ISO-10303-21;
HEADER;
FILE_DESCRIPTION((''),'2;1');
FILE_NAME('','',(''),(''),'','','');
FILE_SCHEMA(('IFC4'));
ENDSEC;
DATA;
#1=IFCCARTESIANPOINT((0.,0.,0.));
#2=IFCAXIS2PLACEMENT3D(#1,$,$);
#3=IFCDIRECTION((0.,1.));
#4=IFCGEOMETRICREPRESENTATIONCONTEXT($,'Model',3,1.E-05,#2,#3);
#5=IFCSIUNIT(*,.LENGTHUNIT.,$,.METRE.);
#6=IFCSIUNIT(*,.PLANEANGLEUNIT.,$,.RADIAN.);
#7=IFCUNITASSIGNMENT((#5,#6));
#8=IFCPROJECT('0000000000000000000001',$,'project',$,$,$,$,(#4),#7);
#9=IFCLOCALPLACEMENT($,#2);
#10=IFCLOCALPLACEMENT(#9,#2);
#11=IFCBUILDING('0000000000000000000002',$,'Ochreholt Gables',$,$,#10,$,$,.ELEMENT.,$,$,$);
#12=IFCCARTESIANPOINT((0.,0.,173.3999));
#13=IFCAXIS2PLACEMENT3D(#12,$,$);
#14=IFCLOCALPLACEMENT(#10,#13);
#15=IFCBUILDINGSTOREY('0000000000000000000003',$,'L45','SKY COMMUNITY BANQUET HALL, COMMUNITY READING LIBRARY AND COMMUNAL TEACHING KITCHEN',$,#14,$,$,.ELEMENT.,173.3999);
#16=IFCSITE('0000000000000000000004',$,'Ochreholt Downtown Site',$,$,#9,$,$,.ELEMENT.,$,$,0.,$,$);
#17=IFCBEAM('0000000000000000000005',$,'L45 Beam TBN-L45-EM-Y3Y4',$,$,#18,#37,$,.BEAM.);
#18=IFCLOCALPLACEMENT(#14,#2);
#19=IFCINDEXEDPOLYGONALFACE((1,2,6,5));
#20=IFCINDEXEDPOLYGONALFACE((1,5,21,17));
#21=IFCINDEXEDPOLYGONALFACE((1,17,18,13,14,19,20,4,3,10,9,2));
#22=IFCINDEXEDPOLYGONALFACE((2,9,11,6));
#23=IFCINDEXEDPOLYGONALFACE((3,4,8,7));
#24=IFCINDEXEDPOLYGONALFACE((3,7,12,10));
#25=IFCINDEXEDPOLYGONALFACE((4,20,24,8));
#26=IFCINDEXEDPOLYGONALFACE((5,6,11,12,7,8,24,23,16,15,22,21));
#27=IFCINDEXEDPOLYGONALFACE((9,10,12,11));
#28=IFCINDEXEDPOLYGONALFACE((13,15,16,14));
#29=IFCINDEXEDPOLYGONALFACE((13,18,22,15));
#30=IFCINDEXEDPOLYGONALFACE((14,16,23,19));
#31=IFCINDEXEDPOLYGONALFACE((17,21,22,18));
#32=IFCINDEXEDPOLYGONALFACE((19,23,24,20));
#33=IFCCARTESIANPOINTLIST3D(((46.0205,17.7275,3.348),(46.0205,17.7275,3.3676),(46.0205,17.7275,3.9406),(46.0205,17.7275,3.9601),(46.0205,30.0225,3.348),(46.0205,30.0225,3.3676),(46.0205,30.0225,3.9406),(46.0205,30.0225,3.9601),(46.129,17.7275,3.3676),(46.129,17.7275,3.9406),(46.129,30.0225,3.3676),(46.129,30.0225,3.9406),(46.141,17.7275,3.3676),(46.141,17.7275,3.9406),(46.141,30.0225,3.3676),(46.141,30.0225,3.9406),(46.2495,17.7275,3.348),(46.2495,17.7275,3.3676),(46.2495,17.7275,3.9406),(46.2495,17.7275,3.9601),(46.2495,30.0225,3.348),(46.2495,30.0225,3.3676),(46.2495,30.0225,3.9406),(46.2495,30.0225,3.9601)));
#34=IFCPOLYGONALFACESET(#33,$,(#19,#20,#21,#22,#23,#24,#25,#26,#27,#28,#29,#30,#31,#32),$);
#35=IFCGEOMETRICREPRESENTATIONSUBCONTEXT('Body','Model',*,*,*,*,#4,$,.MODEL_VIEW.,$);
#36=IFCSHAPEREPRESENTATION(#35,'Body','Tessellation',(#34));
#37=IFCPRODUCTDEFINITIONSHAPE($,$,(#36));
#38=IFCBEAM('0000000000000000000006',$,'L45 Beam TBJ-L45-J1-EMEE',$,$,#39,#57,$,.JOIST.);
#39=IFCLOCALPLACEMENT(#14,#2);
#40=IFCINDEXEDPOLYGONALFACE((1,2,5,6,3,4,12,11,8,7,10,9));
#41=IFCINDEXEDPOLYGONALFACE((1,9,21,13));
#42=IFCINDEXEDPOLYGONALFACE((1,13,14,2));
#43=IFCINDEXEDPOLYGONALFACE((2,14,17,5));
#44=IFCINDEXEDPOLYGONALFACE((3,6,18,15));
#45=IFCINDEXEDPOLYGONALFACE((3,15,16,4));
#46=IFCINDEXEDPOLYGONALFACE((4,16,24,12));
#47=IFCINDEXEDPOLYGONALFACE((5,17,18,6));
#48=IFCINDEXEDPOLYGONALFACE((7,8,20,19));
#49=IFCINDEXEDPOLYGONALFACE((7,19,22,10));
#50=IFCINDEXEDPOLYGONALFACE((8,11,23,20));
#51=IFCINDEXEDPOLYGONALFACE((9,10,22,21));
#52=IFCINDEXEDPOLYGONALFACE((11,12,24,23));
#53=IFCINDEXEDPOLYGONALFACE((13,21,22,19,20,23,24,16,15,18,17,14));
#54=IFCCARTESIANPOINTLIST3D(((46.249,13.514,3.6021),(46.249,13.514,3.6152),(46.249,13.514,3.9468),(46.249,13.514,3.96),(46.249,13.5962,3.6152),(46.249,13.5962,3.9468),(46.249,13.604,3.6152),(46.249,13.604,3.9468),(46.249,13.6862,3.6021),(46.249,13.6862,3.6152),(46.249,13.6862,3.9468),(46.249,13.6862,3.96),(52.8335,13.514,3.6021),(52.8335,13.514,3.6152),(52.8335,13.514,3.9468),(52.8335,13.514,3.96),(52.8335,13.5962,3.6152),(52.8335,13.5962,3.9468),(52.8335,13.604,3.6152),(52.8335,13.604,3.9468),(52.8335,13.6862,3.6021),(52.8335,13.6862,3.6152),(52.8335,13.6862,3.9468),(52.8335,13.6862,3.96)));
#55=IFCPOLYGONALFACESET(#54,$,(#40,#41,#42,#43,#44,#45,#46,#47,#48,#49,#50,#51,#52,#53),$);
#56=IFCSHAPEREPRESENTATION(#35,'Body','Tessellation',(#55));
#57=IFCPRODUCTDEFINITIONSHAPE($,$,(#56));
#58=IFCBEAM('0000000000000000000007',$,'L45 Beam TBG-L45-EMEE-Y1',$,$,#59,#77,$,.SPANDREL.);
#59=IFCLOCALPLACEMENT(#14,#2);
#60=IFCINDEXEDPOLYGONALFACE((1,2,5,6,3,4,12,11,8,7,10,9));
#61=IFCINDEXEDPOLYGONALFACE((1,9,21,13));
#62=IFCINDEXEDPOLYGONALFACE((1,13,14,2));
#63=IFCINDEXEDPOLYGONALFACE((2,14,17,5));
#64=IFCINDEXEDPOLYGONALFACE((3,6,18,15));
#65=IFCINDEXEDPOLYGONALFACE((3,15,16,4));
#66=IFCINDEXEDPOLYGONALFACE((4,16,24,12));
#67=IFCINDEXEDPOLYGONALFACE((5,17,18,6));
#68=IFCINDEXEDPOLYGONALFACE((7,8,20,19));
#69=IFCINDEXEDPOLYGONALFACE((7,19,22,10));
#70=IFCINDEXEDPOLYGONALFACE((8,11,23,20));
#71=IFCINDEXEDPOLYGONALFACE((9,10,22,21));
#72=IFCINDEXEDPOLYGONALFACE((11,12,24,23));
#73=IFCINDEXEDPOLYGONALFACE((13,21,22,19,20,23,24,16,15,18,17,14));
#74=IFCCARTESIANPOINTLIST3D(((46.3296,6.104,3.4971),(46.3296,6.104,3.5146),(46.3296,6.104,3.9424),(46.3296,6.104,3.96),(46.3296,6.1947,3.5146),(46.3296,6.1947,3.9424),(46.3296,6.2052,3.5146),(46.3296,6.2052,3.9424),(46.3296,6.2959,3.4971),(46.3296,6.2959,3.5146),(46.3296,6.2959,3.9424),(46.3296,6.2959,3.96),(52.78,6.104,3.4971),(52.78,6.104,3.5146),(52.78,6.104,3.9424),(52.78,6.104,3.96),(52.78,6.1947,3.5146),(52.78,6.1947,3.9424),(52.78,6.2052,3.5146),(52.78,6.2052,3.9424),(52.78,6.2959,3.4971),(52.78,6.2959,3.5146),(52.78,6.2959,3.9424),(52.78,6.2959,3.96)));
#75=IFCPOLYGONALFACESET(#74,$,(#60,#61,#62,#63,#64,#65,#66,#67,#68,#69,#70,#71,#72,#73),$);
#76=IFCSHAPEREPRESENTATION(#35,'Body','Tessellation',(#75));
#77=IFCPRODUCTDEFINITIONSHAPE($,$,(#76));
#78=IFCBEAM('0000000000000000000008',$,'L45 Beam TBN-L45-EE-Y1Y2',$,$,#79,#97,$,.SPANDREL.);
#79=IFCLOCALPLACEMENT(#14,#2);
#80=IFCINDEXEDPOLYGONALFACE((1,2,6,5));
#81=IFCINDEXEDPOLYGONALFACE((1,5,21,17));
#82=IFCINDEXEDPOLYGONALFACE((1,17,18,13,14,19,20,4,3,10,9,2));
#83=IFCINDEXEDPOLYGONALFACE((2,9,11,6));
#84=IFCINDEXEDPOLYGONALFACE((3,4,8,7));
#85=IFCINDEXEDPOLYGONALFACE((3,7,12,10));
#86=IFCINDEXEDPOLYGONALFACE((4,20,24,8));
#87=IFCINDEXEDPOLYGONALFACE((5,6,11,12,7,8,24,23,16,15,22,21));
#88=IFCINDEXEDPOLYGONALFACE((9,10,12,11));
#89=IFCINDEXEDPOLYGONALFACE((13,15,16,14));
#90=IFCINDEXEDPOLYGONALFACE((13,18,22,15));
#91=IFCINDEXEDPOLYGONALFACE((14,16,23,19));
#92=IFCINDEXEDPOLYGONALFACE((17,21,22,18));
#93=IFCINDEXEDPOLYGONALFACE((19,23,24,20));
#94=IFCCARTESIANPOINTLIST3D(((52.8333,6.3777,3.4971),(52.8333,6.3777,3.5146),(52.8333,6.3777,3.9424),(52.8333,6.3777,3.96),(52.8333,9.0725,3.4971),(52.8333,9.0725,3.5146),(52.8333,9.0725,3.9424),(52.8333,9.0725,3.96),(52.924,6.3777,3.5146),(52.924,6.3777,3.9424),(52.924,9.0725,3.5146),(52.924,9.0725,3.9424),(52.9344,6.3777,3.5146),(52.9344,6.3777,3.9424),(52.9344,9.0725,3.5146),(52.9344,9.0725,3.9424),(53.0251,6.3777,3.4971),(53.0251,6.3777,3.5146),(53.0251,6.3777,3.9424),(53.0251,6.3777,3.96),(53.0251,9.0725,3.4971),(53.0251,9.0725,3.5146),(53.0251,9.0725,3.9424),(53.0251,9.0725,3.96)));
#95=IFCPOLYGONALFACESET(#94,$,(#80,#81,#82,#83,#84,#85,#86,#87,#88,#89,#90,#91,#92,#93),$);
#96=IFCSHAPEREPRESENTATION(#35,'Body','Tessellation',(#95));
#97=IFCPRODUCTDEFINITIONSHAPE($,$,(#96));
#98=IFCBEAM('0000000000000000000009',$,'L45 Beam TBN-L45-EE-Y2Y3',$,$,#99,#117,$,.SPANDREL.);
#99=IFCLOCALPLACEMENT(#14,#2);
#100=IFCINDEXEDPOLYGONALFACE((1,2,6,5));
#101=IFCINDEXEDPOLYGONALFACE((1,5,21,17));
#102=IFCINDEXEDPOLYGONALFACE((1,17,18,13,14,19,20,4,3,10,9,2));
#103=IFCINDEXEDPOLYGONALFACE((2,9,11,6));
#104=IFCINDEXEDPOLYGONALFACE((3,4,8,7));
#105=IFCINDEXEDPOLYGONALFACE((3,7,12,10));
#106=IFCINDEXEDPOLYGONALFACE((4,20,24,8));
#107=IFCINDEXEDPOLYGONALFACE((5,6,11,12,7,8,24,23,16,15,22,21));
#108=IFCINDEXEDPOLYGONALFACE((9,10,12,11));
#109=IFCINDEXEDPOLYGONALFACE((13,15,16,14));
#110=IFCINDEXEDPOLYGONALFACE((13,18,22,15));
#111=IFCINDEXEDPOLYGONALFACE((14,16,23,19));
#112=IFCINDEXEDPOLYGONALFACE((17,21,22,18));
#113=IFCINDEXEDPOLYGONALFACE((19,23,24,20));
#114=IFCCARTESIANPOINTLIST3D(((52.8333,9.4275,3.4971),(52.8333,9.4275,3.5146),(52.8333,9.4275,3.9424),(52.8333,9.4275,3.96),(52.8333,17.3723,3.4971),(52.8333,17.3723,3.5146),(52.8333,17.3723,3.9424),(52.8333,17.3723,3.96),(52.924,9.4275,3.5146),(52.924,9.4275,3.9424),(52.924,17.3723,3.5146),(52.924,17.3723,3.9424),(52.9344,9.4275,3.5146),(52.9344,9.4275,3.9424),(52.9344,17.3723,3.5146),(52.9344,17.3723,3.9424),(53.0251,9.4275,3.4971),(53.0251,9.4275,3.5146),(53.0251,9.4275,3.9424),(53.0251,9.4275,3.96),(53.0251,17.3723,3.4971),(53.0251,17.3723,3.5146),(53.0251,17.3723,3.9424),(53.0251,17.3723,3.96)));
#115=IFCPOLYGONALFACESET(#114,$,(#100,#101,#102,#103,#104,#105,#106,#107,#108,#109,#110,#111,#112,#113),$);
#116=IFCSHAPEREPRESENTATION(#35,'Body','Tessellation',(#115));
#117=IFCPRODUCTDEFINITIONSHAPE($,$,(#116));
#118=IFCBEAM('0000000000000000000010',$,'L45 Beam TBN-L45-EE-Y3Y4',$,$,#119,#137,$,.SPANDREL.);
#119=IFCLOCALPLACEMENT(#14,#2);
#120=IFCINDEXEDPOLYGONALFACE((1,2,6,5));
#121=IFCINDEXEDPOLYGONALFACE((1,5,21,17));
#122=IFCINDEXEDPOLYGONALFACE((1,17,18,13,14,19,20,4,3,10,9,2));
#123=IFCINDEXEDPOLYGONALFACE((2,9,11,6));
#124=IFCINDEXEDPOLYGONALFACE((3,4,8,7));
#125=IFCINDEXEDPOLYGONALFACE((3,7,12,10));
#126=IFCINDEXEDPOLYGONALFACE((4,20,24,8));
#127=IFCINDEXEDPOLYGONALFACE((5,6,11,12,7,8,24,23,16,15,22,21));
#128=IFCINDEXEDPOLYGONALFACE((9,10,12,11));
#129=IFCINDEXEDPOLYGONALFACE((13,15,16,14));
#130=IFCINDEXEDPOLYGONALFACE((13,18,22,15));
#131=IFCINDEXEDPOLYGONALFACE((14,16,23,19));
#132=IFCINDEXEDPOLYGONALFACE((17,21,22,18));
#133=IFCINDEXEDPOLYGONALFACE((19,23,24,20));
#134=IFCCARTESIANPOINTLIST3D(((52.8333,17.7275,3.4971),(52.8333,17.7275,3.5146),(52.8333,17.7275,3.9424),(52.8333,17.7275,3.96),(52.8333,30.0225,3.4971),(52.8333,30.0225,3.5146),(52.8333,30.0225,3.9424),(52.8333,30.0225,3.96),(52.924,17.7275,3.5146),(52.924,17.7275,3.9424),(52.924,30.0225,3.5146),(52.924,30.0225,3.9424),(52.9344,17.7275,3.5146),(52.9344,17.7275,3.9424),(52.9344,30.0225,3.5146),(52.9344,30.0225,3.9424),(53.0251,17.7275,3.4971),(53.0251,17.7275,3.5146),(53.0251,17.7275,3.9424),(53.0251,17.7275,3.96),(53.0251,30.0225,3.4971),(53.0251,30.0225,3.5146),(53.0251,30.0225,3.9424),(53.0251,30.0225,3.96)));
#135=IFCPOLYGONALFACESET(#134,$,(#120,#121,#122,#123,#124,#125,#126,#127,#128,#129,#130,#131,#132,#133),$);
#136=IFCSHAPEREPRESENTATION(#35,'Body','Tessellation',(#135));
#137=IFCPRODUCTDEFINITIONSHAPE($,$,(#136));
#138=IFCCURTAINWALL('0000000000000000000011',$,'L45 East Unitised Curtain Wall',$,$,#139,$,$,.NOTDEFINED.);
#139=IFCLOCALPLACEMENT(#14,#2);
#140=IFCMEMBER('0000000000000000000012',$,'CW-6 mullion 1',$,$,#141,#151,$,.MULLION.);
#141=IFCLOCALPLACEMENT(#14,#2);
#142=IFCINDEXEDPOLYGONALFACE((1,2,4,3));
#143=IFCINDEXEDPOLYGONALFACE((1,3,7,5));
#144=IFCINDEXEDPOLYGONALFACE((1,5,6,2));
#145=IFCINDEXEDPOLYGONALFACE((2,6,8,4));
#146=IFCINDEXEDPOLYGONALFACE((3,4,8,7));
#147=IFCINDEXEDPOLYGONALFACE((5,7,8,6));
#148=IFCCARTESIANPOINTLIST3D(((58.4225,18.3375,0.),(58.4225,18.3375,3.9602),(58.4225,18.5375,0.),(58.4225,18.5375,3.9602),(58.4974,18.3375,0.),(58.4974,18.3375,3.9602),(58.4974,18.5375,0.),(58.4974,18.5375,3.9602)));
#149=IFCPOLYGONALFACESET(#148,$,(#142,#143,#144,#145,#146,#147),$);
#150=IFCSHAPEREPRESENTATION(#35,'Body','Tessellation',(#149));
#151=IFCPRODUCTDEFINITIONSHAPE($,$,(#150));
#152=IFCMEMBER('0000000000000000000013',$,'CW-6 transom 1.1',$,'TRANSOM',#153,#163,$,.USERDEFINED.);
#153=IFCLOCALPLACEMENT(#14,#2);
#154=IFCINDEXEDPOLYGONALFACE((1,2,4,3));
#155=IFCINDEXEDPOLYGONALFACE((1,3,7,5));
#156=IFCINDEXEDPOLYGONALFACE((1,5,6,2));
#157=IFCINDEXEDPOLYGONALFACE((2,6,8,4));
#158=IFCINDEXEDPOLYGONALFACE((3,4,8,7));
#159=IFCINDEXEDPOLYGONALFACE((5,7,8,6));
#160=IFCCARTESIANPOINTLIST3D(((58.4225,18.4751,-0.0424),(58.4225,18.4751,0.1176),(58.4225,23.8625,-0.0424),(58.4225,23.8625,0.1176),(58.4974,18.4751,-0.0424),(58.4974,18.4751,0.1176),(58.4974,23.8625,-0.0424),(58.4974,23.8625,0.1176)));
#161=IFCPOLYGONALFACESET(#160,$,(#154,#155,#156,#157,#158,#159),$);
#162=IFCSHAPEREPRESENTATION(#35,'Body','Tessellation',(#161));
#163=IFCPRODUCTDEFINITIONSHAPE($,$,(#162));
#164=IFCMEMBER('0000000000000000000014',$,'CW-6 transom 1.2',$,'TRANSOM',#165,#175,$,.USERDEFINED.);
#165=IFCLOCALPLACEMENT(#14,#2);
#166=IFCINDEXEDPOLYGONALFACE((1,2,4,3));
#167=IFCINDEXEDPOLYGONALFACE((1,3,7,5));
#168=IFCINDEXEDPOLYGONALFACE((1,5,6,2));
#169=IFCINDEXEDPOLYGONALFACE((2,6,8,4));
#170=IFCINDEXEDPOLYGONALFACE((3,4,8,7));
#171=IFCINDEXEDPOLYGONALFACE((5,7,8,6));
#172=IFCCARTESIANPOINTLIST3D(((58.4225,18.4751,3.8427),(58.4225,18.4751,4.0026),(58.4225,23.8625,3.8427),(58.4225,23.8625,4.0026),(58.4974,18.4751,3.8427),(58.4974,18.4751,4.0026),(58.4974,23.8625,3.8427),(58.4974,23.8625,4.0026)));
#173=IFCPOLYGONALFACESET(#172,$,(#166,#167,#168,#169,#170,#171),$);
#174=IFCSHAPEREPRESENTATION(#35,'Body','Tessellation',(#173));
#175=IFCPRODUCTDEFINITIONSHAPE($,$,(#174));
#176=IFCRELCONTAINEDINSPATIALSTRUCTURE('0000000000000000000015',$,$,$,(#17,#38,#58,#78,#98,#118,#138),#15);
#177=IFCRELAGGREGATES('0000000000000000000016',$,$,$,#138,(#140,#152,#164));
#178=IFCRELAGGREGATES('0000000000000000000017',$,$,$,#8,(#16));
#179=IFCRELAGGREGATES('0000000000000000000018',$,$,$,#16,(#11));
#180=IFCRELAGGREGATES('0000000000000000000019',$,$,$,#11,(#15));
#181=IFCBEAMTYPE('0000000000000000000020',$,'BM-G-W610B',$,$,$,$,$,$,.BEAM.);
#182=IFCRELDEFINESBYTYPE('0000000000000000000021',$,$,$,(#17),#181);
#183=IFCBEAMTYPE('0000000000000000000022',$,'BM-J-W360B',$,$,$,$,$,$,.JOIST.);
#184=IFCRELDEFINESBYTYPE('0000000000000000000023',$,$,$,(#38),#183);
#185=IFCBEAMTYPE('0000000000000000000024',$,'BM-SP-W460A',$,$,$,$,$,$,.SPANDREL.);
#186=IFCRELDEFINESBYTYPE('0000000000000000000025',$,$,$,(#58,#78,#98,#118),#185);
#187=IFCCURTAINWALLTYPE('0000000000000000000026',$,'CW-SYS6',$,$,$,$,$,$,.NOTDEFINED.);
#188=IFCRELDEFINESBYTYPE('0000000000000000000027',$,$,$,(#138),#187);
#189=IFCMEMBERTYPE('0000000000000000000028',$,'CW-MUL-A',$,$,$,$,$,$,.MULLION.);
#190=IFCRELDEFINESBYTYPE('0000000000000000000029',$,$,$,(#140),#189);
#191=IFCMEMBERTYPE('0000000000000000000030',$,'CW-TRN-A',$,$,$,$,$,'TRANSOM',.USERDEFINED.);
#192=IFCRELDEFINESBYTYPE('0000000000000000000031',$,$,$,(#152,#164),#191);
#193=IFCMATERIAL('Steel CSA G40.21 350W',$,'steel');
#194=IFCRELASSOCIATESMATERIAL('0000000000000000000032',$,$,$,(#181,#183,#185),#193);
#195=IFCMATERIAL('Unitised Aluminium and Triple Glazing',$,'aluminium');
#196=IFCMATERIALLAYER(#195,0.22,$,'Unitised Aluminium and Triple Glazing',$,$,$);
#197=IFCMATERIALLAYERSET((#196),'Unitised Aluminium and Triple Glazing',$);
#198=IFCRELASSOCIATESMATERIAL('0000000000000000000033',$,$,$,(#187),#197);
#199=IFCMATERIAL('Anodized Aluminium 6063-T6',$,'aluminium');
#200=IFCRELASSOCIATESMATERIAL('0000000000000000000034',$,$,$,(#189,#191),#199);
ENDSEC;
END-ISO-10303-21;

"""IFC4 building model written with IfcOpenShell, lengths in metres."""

from ifc_helpers import new_model, si_unit, direction, frame, origin, origin_2d, place, context, subcontext, project, spatial, rectangle, i_section, extrude, material, layer, layer_set, material_profile, profile_set, type_object, element, aggregate, save


model = new_model("IFC4")

# Units and contexts
model_context = context("Model", 3, precision=1e-05, world=origin(), true_north=direction((0.0, 1.0)))
body_context = subcontext(model_context, "Body", "Model", "MODEL_VIEW")
ifc_project = project(units=[si_unit("LENGTHUNIT", "METRE"), si_unit("PLANEANGLEUNIT", "RADIAN")], contexts=[model_context])

# Site, building, storey
site_placement = place(None, origin())
site = spatial("IfcSite", under=ifc_project, at=site_placement, Name="Ochreholt Downtown Site", CompositionType="ELEMENT", RefElevation=0.0)
building_placement = place(site_placement, origin())
building = spatial("IfcBuilding", under=site, at=building_placement, Name="Ochreholt Gables", CompositionType="ELEMENT")
storey_placement = place(building_placement, frame((0.0, 0.0, 173.3999)))
storey = spatial("IfcBuildingStorey", under=building, at=storey_placement, Name="L45", Description="SKY COMMUNITY BANQUET HALL, COMMUNITY READING LIBRARY AND COMMUNAL TEACHING KITCHEN", CompositionType="ELEMENT", Elevation=173.3999)

# Shared definitions
ifc_material_1 = material(Name="Steel CSA G40.21 350W", Category="steel")

# Beams
ifc_material_profile_1 = material_profile(ifc_material_1, i_section(OverallWidth=0.229, OverallDepth=0.6121, WebThickness=0.012, FlangeThickness=0.0195, at=origin_2d()), Name="W610X125")
ifc_profile_set_1 = profile_set([ifc_material_profile_1], Name="Steel CSA G40.21 350W")
beam_type_1 = type_object("IfcBeamType", Name="BM-G-W610B", PredefinedType="BEAM", material=ifc_profile_set_1)
beam_1_placement = place(storey_placement, frame((46.135, 17.7275, 3.6541), z_axis=(0.0, 1.0, 0.0), x_axis=(-1.0, 0.0, 0.0)))
element("IfcBeam", 1, at=beam_1_placement, inside=storey, type_object=beam_type_1, Name="L45 Beam TBN-L45-EM-Y3Y4", PredefinedType="BEAM", context=body_context, shape_type="SweptSolid", body=[
    extrude(i_section(OverallWidth=0.229, OverallDepth=0.6121, WebThickness=0.012, FlangeThickness=0.0195, at=origin_2d()), origin(), (0.0, 0.0, 1.0), 12.2949),
])
ifc_material_profile_2 = material_profile(ifc_material_1, i_section(OverallWidth=0.1721, OverallDepth=0.3579, WebThickness=0.0078, FlangeThickness=0.0132, at=origin_2d()), Name="W360X57")
ifc_profile_set_2 = profile_set([ifc_material_profile_2], Name="Steel CSA G40.21 350W")
beam_type_2 = type_object("IfcBeamType", Name="BM-J-W360B", PredefinedType="JOIST", material=ifc_profile_set_2)
beam_2_placement = place(storey_placement, frame((46.249, 13.6001, 3.781), z_axis=(1.0, 0.0, 0.0), x_axis=(0.0, 1.0, 0.0)))
element("IfcBeam", 2, at=beam_2_placement, inside=storey, type_object=beam_type_2, Name="L45 Beam TBJ-L45-J1-EMEE", PredefinedType="JOIST", context=body_context, shape_type="SweptSolid", body=[
    extrude(i_section(OverallWidth=0.1721, OverallDepth=0.3579, WebThickness=0.0078, FlangeThickness=0.0132, at=origin_2d()), origin(), (0.0, 0.0, 1.0), 6.5845),
])
ifc_material_profile_3 = material_profile(ifc_material_1, i_section(OverallWidth=0.1919, OverallDepth=0.4629, WebThickness=0.0105, FlangeThickness=0.0176, at=origin_2d()), Name="W460X89")
ifc_profile_set_3 = profile_set([ifc_material_profile_3], Name="Steel CSA G40.21 350W")
beam_type_3 = type_object("IfcBeamType", Name="BM-SP-W460A", PredefinedType="SPANDREL", material=ifc_profile_set_3)
beam_3_placement = place(storey_placement, frame((46.3296, 6.2, 3.7285), z_axis=(1.0, 0.0, 0.0), x_axis=(0.0, 1.0, 0.0)))
element("IfcBeam", 3, at=beam_3_placement, inside=storey, type_object=beam_type_3, Name="L45 Beam TBG-L45-EMEE-Y1", PredefinedType="SPANDREL", context=body_context, shape_type="SweptSolid", body=[
    extrude(i_section(OverallWidth=0.1919, OverallDepth=0.4629, WebThickness=0.0105, FlangeThickness=0.0176, at=origin_2d()), origin(), (0.0, 0.0, 1.0), 6.4504),
])
beam_4_placement = place(storey_placement, frame((52.9292, 6.3777, 3.7285), z_axis=(0.0, 1.0, 0.0), x_axis=(-1.0, 0.0, 0.0)))
element("IfcBeam", 4, at=beam_4_placement, inside=storey, type_object=beam_type_3, Name="L45 Beam TBN-L45-EE-Y1Y2", PredefinedType="SPANDREL", context=body_context, shape_type="SweptSolid", body=[
    extrude(i_section(OverallWidth=0.1919, OverallDepth=0.4629, WebThickness=0.0105, FlangeThickness=0.0176, at=origin_2d()), origin(), (0.0, 0.0, 1.0), 2.6948),
])
beam_5_placement = place(storey_placement, frame((52.9292, 9.4275, 3.7285), z_axis=(0.0, 1.0, 0.0), x_axis=(-1.0, 0.0, 0.0)))
element("IfcBeam", 5, at=beam_5_placement, inside=storey, type_object=beam_type_3, Name="L45 Beam TBN-L45-EE-Y2Y3", PredefinedType="SPANDREL", context=body_context, shape_type="SweptSolid", body=[
    extrude(i_section(OverallWidth=0.1919, OverallDepth=0.4629, WebThickness=0.0105, FlangeThickness=0.0176, at=origin_2d()), origin(), (0.0, 0.0, 1.0), 7.9448),
])
beam_6_placement = place(storey_placement, frame((52.9292, 17.7275, 3.7285), z_axis=(0.0, 1.0, 0.0), x_axis=(-1.0, 0.0, 0.0)))
element("IfcBeam", 6, at=beam_6_placement, inside=storey, type_object=beam_type_3, Name="L45 Beam TBN-L45-EE-Y3Y4", PredefinedType="SPANDREL", context=body_context, shape_type="SweptSolid", body=[
    extrude(i_section(OverallWidth=0.1919, OverallDepth=0.4629, WebThickness=0.0105, FlangeThickness=0.0176, at=origin_2d()), origin(), (0.0, 0.0, 1.0), 12.2949),
])

# Curtain wall, members
ifc_material_2 = material(Name="Unitised Aluminium and Triple Glazing", Category="aluminium")
ifc_layer_1 = layer(ifc_material_2, 0.22, Name="Unitised Aluminium and Triple Glazing")
ifc_layer_set_1 = layer_set([ifc_layer_1], Name="Unitised Aluminium and Triple Glazing")
curtain_wall_type = type_object("IfcCurtainWallType", Name="CW-SYS6", PredefinedType="NOTDEFINED", material=ifc_layer_set_1)
curtain_wall_placement = place(storey_placement, origin())
curtain_wall = element("IfcCurtainWall", 7, at=curtain_wall_placement, inside=storey, type_object=curtain_wall_type, Name="L45 East Unitised Curtain Wall", PredefinedType="NOTDEFINED")
ifc_material_3 = material(Name="Anodized Aluminium 6063-T6", Category="aluminium")
ifc_material_profile_4 = material_profile(ifc_material_3, rectangle(XDim=0.075, YDim=0.2, at=origin_2d()), Name="CWM75X200")
ifc_profile_set_4 = profile_set([ifc_material_profile_4], Name="Anodized Aluminium 6063-T6")
member_type_1 = type_object("IfcMemberType", Name="CW-MUL-A", PredefinedType="MULLION", material=ifc_profile_set_4)
member_1_placement = place(storey_placement, frame((58.46, 18.4375, 0.0), z_axis=(0.0, 0.0, 1.0), x_axis=(-1.0, 0.0, 0.0)))
member_1 = element("IfcMember", 8, at=member_1_placement, type_object=member_type_1, Name="CW-6 mullion 1", PredefinedType="MULLION", context=body_context, shape_type="SweptSolid", body=[
    extrude(rectangle(XDim=0.075, YDim=0.2, at=origin_2d()), origin(), (0.0, 0.0, 1.0), 3.9602),
])
ifc_material_profile_5 = material_profile(ifc_material_3, rectangle(XDim=0.075, YDim=0.1599, at=origin_2d()), Name="CWT75X160")
ifc_profile_set_5 = profile_set([ifc_material_profile_5], Name="Anodized Aluminium 6063-T6")
member_type_2 = type_object("IfcMemberType", Name="CW-TRN-A", ElementType="TRANSOM", PredefinedType="USERDEFINED", material=ifc_profile_set_5)
member_2_placement = place(storey_placement, frame((58.46, 18.4751, 0.0376), z_axis=(0.0, 1.0, 0.0), x_axis=(-1.0, 0.0, 0.0)))
member_2 = element("IfcMember", 9, at=member_2_placement, type_object=member_type_2, Name="CW-6 transom 1.1", ObjectType="TRANSOM", PredefinedType="USERDEFINED", context=body_context, shape_type="SweptSolid", body=[
    extrude(rectangle(XDim=0.075, YDim=0.1599, at=origin_2d()), origin(), (0.0, 0.0, 1.0), 5.3875),
])
member_3_placement = place(storey_placement, frame((58.46, 18.4751, 3.9226), z_axis=(0.0, 1.0, 0.0), x_axis=(-1.0, 0.0, 0.0)))
member_3 = element("IfcMember", 10, at=member_3_placement, type_object=member_type_2, Name="CW-6 transom 1.2", ObjectType="TRANSOM", PredefinedType="USERDEFINED", context=body_context, shape_type="SweptSolid", body=[
    extrude(rectangle(XDim=0.075, YDim=0.1599, at=origin_2d()), origin(), (0.0, 0.0, 1.0), 5.3875),
])
aggregate(curtain_wall, [member_1, member_2, member_3])

save(model, "model.ifc")
